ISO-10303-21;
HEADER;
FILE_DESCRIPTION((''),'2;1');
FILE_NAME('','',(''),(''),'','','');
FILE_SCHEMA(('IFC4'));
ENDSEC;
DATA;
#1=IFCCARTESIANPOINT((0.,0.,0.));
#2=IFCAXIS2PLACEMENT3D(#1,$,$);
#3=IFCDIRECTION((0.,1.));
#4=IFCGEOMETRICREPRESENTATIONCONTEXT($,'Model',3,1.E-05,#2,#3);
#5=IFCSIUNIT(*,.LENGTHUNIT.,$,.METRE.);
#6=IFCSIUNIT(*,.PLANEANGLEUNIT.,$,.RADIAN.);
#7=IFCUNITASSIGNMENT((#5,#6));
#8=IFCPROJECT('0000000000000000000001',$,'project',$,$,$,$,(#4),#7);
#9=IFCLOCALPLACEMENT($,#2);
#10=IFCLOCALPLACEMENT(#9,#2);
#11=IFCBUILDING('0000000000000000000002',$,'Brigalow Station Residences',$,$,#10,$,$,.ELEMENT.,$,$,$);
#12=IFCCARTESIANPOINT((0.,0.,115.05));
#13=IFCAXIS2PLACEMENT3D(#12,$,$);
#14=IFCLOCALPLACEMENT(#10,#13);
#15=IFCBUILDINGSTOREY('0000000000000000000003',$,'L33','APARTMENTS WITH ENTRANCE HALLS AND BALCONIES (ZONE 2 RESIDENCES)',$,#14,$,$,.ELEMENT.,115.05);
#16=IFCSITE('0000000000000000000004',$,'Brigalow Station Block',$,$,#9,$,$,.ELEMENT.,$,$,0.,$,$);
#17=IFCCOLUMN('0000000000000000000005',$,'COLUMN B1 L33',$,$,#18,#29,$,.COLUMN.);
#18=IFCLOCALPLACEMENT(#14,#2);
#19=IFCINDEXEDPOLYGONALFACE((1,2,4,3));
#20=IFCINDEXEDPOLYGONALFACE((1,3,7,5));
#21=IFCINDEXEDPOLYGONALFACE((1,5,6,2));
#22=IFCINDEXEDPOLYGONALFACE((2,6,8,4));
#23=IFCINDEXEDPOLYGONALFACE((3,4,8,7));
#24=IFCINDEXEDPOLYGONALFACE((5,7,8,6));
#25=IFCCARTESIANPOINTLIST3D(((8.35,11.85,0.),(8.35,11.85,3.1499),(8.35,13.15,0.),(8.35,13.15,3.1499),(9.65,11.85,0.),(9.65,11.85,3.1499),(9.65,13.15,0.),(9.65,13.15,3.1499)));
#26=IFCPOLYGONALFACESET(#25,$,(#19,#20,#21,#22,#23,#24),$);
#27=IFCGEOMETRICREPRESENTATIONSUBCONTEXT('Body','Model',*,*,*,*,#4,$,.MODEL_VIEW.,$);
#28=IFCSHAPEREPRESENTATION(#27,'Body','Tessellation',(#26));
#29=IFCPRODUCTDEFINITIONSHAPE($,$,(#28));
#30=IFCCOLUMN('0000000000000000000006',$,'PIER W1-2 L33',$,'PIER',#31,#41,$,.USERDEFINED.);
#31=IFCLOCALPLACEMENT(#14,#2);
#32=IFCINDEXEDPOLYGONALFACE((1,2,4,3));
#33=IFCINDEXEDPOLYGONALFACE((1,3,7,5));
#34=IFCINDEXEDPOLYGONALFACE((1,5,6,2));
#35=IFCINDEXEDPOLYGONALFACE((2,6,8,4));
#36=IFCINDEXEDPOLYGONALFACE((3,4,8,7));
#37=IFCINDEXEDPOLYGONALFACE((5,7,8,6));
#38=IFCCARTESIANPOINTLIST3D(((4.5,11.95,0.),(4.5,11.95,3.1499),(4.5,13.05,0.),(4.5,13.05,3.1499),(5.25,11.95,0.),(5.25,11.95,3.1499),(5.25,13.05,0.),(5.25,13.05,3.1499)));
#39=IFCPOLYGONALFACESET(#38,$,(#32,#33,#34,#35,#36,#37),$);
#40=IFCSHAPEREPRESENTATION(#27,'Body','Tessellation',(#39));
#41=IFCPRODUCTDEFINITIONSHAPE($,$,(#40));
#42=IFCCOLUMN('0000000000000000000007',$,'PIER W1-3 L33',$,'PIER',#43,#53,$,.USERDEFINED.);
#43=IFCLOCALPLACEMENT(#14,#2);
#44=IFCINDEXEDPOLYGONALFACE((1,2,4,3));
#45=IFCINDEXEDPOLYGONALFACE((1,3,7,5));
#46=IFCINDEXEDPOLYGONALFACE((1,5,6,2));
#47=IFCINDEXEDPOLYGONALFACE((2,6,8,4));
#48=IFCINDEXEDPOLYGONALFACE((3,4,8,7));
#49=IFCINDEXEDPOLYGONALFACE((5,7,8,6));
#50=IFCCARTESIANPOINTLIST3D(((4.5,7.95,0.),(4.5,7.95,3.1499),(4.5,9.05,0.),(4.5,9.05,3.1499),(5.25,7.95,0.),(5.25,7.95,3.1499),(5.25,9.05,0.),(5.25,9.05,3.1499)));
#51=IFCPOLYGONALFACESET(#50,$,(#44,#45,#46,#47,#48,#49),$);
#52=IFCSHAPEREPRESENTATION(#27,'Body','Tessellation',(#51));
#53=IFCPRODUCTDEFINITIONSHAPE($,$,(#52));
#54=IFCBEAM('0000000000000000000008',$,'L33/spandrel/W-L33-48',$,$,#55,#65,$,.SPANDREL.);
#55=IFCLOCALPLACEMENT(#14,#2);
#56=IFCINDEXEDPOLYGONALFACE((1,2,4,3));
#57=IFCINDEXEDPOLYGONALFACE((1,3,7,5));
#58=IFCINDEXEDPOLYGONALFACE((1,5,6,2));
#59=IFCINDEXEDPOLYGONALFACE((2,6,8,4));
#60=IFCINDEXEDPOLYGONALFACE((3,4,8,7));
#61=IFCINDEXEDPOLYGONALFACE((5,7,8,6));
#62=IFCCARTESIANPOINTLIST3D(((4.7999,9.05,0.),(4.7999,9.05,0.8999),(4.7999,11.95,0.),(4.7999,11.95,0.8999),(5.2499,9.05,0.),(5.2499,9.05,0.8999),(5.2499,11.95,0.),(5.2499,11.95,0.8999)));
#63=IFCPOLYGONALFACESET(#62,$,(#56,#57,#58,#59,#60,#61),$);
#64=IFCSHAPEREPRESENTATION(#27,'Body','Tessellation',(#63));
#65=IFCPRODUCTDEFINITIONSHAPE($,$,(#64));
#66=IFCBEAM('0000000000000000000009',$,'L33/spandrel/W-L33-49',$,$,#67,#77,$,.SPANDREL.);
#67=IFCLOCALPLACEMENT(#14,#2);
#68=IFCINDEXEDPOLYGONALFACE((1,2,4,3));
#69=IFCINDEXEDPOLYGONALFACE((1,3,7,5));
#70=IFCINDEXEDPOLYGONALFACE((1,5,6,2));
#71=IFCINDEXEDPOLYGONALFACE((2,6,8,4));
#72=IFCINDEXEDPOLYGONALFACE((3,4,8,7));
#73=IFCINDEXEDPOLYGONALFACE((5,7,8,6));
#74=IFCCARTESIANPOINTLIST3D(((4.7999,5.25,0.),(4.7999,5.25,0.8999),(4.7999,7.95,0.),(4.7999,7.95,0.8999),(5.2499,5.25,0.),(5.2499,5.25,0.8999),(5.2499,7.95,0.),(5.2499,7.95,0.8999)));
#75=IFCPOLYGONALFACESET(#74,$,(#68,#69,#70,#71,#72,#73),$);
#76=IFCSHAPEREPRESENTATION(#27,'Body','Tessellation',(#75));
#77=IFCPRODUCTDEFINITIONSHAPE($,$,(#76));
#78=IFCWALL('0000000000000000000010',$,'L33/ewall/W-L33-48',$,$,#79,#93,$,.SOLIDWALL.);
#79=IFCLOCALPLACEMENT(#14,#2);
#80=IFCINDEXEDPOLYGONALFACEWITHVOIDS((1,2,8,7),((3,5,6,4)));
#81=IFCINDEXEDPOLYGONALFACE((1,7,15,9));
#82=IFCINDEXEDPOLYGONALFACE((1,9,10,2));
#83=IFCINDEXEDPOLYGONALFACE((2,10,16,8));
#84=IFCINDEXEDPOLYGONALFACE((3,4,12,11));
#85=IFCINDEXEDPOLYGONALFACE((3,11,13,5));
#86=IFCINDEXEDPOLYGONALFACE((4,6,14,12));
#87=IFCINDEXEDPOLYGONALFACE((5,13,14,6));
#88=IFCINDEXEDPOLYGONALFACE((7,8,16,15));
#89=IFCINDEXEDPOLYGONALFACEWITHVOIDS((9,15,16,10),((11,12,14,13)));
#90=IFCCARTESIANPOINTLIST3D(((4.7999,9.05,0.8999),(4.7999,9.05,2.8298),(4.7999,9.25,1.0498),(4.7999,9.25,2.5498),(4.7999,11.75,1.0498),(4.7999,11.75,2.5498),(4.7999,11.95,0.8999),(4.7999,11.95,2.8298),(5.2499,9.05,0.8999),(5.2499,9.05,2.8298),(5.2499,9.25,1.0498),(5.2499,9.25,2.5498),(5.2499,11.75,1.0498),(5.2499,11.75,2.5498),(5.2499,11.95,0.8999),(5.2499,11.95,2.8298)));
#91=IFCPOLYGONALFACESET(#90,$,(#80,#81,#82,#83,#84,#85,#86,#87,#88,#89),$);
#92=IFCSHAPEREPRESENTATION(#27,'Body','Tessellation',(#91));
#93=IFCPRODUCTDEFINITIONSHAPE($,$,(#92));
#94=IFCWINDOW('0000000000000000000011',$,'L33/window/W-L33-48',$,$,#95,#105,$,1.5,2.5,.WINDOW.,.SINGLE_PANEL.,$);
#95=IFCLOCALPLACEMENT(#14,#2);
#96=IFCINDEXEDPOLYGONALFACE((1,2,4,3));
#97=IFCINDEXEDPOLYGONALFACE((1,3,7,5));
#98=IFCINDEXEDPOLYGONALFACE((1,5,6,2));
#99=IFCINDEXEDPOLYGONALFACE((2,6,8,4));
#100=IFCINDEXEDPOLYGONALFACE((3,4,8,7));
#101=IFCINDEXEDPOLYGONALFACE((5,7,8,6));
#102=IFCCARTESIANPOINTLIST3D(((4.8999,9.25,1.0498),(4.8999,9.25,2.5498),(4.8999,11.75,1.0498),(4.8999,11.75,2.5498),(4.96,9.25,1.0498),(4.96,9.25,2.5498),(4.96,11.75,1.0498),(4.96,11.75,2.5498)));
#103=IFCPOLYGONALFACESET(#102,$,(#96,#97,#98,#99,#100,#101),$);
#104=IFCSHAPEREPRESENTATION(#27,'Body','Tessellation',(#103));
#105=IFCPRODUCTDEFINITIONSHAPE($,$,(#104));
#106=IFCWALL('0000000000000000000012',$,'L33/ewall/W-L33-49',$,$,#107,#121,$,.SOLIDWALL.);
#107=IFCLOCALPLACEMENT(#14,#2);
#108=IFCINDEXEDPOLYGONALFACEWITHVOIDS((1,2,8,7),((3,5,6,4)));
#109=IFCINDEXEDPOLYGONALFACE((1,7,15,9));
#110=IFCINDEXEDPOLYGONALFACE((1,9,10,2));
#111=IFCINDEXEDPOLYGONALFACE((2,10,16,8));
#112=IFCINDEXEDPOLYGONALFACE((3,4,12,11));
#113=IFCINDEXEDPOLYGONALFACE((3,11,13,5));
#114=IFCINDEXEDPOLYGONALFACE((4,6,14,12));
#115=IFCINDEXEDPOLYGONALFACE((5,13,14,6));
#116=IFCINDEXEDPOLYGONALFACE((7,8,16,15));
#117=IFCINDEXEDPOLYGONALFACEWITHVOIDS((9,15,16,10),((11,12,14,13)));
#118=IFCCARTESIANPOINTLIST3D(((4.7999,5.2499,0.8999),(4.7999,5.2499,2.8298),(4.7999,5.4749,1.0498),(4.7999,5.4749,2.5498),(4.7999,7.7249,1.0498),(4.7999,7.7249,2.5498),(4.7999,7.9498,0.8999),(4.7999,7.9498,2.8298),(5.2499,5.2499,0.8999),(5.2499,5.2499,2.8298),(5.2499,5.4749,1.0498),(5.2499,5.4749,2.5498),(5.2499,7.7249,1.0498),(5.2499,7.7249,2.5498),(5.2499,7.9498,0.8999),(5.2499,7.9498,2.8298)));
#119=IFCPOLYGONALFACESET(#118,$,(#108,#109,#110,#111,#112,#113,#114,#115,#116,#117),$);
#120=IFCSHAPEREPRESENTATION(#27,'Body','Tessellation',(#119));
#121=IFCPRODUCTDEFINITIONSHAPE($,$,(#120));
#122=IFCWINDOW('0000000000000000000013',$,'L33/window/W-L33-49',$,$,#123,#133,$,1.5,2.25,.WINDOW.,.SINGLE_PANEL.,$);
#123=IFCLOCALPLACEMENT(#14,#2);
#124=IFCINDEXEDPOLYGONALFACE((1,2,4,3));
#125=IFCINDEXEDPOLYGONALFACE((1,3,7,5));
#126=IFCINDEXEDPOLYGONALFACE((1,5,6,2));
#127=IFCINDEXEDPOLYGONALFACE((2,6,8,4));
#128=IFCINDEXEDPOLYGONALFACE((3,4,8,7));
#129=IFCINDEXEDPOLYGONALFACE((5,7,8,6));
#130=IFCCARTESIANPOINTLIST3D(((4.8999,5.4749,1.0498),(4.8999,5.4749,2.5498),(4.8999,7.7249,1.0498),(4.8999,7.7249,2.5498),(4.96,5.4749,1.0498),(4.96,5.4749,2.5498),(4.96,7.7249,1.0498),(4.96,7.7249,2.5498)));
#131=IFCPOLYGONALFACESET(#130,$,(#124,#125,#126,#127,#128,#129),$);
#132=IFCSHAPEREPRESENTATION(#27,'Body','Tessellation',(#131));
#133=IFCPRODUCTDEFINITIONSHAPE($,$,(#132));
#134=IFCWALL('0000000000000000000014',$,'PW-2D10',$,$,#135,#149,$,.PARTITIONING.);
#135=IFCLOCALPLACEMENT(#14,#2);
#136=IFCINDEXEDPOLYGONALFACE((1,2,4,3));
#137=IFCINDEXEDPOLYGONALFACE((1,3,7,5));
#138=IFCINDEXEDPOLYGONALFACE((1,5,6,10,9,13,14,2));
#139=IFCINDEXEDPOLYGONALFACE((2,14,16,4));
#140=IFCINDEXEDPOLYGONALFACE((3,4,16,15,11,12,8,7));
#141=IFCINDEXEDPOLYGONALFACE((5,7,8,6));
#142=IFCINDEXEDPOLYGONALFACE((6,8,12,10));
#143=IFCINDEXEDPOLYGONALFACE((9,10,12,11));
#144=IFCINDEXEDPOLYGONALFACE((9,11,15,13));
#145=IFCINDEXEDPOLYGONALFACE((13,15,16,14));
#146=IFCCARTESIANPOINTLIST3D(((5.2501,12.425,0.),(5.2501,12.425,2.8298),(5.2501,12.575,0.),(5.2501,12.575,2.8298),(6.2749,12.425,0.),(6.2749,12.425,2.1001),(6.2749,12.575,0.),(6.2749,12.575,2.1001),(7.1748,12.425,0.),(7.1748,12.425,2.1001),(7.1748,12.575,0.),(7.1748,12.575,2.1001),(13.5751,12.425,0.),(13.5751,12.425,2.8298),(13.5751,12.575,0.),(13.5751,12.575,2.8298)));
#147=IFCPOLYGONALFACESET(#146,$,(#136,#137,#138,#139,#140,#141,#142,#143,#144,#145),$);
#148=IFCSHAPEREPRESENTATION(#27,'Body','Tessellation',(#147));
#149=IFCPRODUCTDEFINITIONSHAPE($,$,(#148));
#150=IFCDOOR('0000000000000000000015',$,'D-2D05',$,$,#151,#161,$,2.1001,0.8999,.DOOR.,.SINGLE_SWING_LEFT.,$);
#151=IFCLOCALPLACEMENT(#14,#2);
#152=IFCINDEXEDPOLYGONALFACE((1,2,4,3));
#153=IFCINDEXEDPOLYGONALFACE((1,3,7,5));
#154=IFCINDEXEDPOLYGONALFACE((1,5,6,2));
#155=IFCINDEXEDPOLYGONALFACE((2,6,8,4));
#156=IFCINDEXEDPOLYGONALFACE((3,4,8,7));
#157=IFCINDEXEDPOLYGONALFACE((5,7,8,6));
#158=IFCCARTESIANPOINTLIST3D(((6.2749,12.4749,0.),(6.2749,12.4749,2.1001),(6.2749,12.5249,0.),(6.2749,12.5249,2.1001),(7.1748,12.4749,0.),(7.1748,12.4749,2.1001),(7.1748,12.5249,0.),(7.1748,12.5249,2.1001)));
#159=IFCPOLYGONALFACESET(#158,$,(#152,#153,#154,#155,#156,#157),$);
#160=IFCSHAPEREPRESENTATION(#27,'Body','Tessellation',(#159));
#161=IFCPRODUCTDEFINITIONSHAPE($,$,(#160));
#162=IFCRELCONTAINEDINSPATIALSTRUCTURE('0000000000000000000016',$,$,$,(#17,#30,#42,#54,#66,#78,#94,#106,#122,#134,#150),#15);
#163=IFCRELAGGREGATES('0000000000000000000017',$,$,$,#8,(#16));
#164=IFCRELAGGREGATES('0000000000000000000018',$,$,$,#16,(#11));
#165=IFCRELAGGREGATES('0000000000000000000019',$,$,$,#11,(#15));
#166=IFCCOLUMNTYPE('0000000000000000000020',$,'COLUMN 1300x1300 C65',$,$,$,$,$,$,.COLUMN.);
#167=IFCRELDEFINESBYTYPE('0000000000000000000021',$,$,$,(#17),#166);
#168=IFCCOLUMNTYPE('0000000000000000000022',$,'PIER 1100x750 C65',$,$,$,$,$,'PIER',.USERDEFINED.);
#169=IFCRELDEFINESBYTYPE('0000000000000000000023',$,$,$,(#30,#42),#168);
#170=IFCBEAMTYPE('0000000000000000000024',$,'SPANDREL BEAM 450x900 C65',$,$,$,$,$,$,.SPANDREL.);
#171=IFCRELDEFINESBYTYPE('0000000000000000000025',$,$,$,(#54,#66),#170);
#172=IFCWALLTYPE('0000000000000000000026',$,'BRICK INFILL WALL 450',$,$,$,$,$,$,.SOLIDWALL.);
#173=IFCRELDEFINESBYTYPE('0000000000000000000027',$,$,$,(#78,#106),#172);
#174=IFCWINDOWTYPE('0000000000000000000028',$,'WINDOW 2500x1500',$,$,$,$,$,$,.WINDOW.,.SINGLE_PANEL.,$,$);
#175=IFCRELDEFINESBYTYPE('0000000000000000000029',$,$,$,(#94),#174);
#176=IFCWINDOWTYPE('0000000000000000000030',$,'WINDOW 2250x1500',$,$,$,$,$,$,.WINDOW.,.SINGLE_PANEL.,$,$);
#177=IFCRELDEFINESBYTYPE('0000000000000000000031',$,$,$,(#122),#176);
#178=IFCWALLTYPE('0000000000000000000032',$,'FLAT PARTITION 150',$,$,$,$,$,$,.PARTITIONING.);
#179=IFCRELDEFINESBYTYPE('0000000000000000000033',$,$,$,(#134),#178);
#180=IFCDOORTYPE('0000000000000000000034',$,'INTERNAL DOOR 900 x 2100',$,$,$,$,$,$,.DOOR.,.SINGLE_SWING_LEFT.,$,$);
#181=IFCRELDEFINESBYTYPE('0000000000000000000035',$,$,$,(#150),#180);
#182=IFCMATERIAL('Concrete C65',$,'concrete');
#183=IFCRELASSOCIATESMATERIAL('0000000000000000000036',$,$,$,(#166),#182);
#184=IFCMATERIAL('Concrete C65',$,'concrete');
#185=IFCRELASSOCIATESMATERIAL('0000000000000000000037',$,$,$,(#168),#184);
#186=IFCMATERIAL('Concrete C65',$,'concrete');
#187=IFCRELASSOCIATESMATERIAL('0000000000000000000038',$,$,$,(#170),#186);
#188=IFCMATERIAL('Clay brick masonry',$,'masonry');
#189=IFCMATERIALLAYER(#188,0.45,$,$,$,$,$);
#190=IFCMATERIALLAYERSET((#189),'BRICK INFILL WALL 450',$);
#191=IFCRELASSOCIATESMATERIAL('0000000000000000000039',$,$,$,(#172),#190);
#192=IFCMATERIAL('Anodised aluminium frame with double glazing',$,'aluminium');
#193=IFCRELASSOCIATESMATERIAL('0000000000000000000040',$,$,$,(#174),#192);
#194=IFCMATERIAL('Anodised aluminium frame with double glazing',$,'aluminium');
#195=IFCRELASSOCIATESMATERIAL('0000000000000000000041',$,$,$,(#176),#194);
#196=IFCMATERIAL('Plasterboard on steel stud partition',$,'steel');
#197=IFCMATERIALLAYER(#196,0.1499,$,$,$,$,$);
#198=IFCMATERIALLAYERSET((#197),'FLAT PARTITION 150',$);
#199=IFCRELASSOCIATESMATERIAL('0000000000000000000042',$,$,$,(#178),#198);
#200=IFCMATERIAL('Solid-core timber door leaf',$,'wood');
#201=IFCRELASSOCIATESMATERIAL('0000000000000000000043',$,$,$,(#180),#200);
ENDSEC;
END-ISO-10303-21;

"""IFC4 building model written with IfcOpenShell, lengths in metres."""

from ifc_helpers import new_model, si_unit, direction, frame, frame_2d, origin, origin_2d, place, context, subcontext, project, spatial, rectangle, extrude, material, layer, layer_set, material_profile, profile_set, type_object, element, fill, save


model = new_model("IFC4")

# Units and contexts
model_context = context("Model", 3, precision=1e-05, world=origin(), true_north=direction((0.0, 1.0)))
body_context = subcontext(model_context, "Body", "Model", "MODEL_VIEW")
ifc_project = project(units=[si_unit("LENGTHUNIT", "METRE"), si_unit("PLANEANGLEUNIT", "RADIAN")], contexts=[model_context])

# Site, building, storey
site_placement = place(None, origin())
site = spatial("IfcSite", under=ifc_project, at=site_placement, Name="Brigalow Station Block", CompositionType="ELEMENT", RefElevation=0.0)
building_placement = place(site_placement, origin())
building = spatial("IfcBuilding", under=site, at=building_placement, Name="Brigalow Station Residences", CompositionType="ELEMENT")
storey_placement = place(building_placement, frame((0.0, 0.0, 115.05)))
storey = spatial("IfcBuildingStorey", under=building, at=storey_placement, Name="L33", Description="APARTMENTS WITH ENTRANCE HALLS AND BALCONIES (ZONE 2 RESIDENCES)", CompositionType="ELEMENT", Elevation=115.05)

# Columns
ifc_material_1 = material(Name="Concrete C65", Category="concrete")
ifc_material_profile_1 = material_profile(ifc_material_1, rectangle(XDim=1.3, YDim=1.3, at=origin_2d()), Name="RC1300x1300")
ifc_profile_set_1 = profile_set([ifc_material_profile_1], Name="Concrete C65")
column_type_1 = type_object("IfcColumnType", Name="COLUMN 1300x1300 C65", PredefinedType="COLUMN", material=ifc_profile_set_1)
column_placement = place(storey_placement, frame((9.0, 12.5, 0.0), z_axis=(0.0, 0.0, 1.0), x_axis=(1.0, 0.0, 0.0)))
element("IfcColumn", 1, at=column_placement, inside=storey, type_object=column_type_1, Name="COLUMN B1 L33", PredefinedType="COLUMN", context=body_context, shape_type="SweptSolid", body=[
    extrude(rectangle(XDim=1.3, YDim=1.3, at=origin_2d()), origin(), (0.0, 0.0, 1.0), 3.1499),
])
ifc_material_2 = material(Name="Concrete C65", Category="concrete")
ifc_material_profile_2 = material_profile(ifc_material_2, rectangle(XDim=1.1001, YDim=0.75, at=origin_2d()), Name="RC1100x750")
ifc_profile_set_2 = profile_set([ifc_material_profile_2], Name="Concrete C65")
column_type_2 = type_object("IfcColumnType", Name="PIER 1100x750 C65", ElementType="PIER", PredefinedType="USERDEFINED", material=ifc_profile_set_2)
for number, where, z_axis, x_axis, name in (
    (2, (4.875, 12.5, 0.0), (0.0, 0.0, 1.0), (0.0, -1.0, 0.0), "PIER W1-2 L33"),
    (3, (4.875, 8.5, 0.0), (0.0, 0.0, 1.0), (0.0, -1.0, 0.0), "PIER W1-3 L33"),
):
    element("IfcColumn", number, at=place(storey_placement, frame(where, z_axis=z_axis, x_axis=x_axis)), inside=storey, type_object=column_type_2, Name=name, ObjectType="PIER", PredefinedType="USERDEFINED", context=body_context, shape_type="SweptSolid", body=[
        extrude(rectangle(XDim=1.1001, YDim=0.75, at=origin_2d()), origin(), (0.0, 0.0, 1.0), 3.1499),
    ])

# Beams
ifc_material_3 = material(Name="Concrete C65", Category="concrete")
ifc_material_profile_3 = material_profile(ifc_material_3, rectangle(XDim=0.45, YDim=0.8999, at=origin_2d()), Name="RC450x900")
ifc_profile_set_3 = profile_set([ifc_material_profile_3], Name="Concrete C65")
beam_type = type_object("IfcBeamType", Name="SPANDREL BEAM 450x900 C65", PredefinedType="SPANDREL", material=ifc_profile_set_3)
beam_1_placement = place(storey_placement, frame((5.0249, 11.95, 0.45), z_axis=(0.0, -1.0, 0.0), x_axis=(1.0, 0.0, 0.0)))
element("IfcBeam", 4, at=beam_1_placement, inside=storey, type_object=beam_type, Name="L33/spandrel/W-L33-48", PredefinedType="SPANDREL", context=body_context, shape_type="SweptSolid", body=[
    extrude(rectangle(XDim=0.45, YDim=0.8999, at=origin_2d()), origin(), (0.0, 0.0, 1.0), 2.8999),
])
beam_2_placement = place(storey_placement, frame((5.0249, 7.95, 0.45), z_axis=(0.0, -1.0, 0.0), x_axis=(1.0, 0.0, 0.0)))
element("IfcBeam", 5, at=beam_2_placement, inside=storey, type_object=beam_type, Name="L33/spandrel/W-L33-49", PredefinedType="SPANDREL", context=body_context, shape_type="SweptSolid", body=[
    extrude(rectangle(XDim=0.45, YDim=0.8999, at=origin_2d()), origin(), (0.0, 0.0, 1.0), 2.7),
])

# Walls, openings, windows
ifc_material_4 = material(Name="Clay brick masonry", Category="masonry")
ifc_layer_1 = layer(ifc_material_4, 0.45)
ifc_layer_set_1 = layer_set([ifc_layer_1], Name="BRICK INFILL WALL 450")
wall_type_1 = type_object("IfcWallType", Name="BRICK INFILL WALL 450", PredefinedType="SOLIDWALL", material=ifc_layer_set_1)
wall_1_placement = place(storey_placement, frame((5.0249, 11.95, 0.8999), z_axis=(0.0, 0.0, 1.0), x_axis=(0.0, -1.0, 0.0)))
wall_1 = element("IfcWall", 6, at=wall_1_placement, inside=storey, type_object=wall_type_1, Name="L33/ewall/W-L33-48", PredefinedType="SOLIDWALL", context=body_context, shape_type="SweptSolid", body=[
    extrude(rectangle(XDim=2.8999, YDim=0.45, at=frame_2d((1.45, 0.0))), origin(), (0.0, 0.0, 1.0), 1.9299),
])
opening_1_placement = place(wall_1_placement, frame((0.2, 0.0, 0.1499)))
opening_1 = element("IfcOpeningElement", 7, at=opening_1_placement, cuts=wall_1, PredefinedType="OPENING", context=body_context, shape_type="SweptSolid", body=[
    extrude(rectangle(XDim=2.5, YDim=1.5, at=frame_2d((1.25, 0.75))), frame((0.0, 0.2349, 0.0), z_axis=(0.0, -1.0, 0.0), x_axis=(1.0, 0.0, 0.0)), (0.0, 0.0, 1.0), 0.47),
])
ifc_material_5 = material(Name="Anodised aluminium frame with double glazing", Category="aluminium")
window_type_1 = type_object("IfcWindowType", Name="WINDOW 2500x1500", PartitioningType="SINGLE_PANEL", PredefinedType="WINDOW", material=ifc_material_5)
window_1_placement = place(opening_1_placement, origin())
window_1 = element("IfcWindow", 8, at=window_1_placement, inside=storey, type_object=window_type_1, Name="L33/window/W-L33-48", OverallHeight=1.5, OverallWidth=2.5, PartitioningType="SINGLE_PANEL", PredefinedType="WINDOW", context=body_context, shape_type="SweptSolid", body=[
    extrude(rectangle(XDim=2.5, YDim=1.5, at=frame_2d((1.25, 0.75))), frame((0.0, -0.0649, 0.0), z_axis=(0.0, -1.0, 0.0), x_axis=(1.0, 0.0, 0.0)), (0.0, 0.0, 1.0), 0.0601),
])
fill(opening_1, window_1)
wall_2_placement = place(storey_placement, frame((5.0249, 7.95, 0.8999), z_axis=(0.0, 0.0, 1.0), x_axis=(0.0, -1.0, 0.0)))
wall_2 = element("IfcWall", 9, at=wall_2_placement, inside=storey, type_object=wall_type_1, Name="L33/ewall/W-L33-49", PredefinedType="SOLIDWALL", context=body_context, shape_type="SweptSolid", body=[
    extrude(rectangle(XDim=2.7, YDim=0.45, at=frame_2d((1.3501, 0.0))), origin(), (0.0, 0.0, 1.0), 1.9299),
])
opening_2_placement = place(wall_2_placement, frame((0.2251, 0.0, 0.1499)))
opening_2 = element("IfcOpeningElement", 10, at=opening_2_placement, cuts=wall_2, PredefinedType="OPENING", context=body_context, shape_type="SweptSolid", body=[
    extrude(rectangle(XDim=2.25, YDim=1.5, at=frame_2d((1.125, 0.75))), frame((0.0, 0.2349, 0.0), z_axis=(0.0, -1.0, 0.0), x_axis=(1.0, 0.0, 0.0)), (0.0, 0.0, 1.0), 0.47),
])
ifc_material_6 = material(Name="Anodised aluminium frame with double glazing", Category="aluminium")
window_type_2 = type_object("IfcWindowType", Name="WINDOW 2250x1500", PartitioningType="SINGLE_PANEL", PredefinedType="WINDOW", material=ifc_material_6)
window_2_placement = place(opening_2_placement, origin())
window_2 = element("IfcWindow", 11, at=window_2_placement, inside=storey, type_object=window_type_2, Name="L33/window/W-L33-49", OverallHeight=1.5, OverallWidth=2.25, PartitioningType="SINGLE_PANEL", PredefinedType="WINDOW", context=body_context, shape_type="SweptSolid", body=[
    extrude(rectangle(XDim=2.25, YDim=1.5, at=frame_2d((1.125, 0.75))), frame((0.0, -0.0649, 0.0), z_axis=(0.0, -1.0, 0.0), x_axis=(1.0, 0.0, 0.0)), (0.0, 0.0, 1.0), 0.0601),
])
fill(opening_2, window_2)

# Wall, opening, door
ifc_material_7 = material(Name="Plasterboard on steel stud partition", Category="steel")
ifc_layer_2 = layer(ifc_material_7, 0.1499)
ifc_layer_set_2 = layer_set([ifc_layer_2], Name="FLAT PARTITION 150")
wall_type_2 = type_object("IfcWallType", Name="FLAT PARTITION 150", PredefinedType="PARTITIONING", material=ifc_layer_set_2)
wall_3_placement = place(storey_placement, frame((5.25, 12.5, 0.0), z_axis=(0.0, 0.0, 1.0), x_axis=(1.0, 0.0, 0.0)))
wall_3 = element("IfcWall", 12, at=wall_3_placement, inside=storey, type_object=wall_type_2, Name="PW-2D10", PredefinedType="PARTITIONING", context=body_context, shape_type="SweptSolid", body=[
    extrude(rectangle(XDim=8.325, YDim=0.1499, at=frame_2d((4.1626, 0.0))), origin(), (0.0, 0.0, 1.0), 2.8298),
])
opening_3_placement = place(wall_3_placement, frame((1.0249, 0.0, 0.0)))
opening_3 = element("IfcOpeningElement", 13, at=opening_3_placement, cuts=wall_3, PredefinedType="OPENING", context=body_context, shape_type="SweptSolid", body=[
    extrude(rectangle(XDim=0.8999, YDim=2.1001, at=frame_2d((0.45, 1.05))), frame((0.0, 0.085, 0.0), z_axis=(0.0, -1.0, 0.0), x_axis=(1.0, 0.0, 0.0)), (0.0, 0.0, 1.0), 0.1699),
])
ifc_material_8 = material(Name="Solid-core timber door leaf", Category="wood")
door_type = type_object("IfcDoorType", Name="INTERNAL DOOR 900 x 2100", OperationType="SINGLE_SWING_LEFT", PredefinedType="DOOR", material=ifc_material_8)
door_1_placement = place(opening_3_placement, origin())
door_1 = element("IfcDoor", 14, at=door_1_placement, inside=storey, type_object=door_type, Name="D-2D05", OperationType="SINGLE_SWING_LEFT", OverallHeight=2.1001, OverallWidth=0.8999, PredefinedType="DOOR", context=body_context, shape_type="SweptSolid", body=[
    extrude(rectangle(XDim=0.8999, YDim=2.1001, at=frame_2d((0.45, 1.05))), frame((0.0, 0.0249, 0.0), z_axis=(0.0, -1.0, 0.0), x_axis=(1.0, 0.0, 0.0)), (0.0, 0.0, 1.0), 0.05),
])
fill(opening_3, door_1)

save(model, "model.ifc")
